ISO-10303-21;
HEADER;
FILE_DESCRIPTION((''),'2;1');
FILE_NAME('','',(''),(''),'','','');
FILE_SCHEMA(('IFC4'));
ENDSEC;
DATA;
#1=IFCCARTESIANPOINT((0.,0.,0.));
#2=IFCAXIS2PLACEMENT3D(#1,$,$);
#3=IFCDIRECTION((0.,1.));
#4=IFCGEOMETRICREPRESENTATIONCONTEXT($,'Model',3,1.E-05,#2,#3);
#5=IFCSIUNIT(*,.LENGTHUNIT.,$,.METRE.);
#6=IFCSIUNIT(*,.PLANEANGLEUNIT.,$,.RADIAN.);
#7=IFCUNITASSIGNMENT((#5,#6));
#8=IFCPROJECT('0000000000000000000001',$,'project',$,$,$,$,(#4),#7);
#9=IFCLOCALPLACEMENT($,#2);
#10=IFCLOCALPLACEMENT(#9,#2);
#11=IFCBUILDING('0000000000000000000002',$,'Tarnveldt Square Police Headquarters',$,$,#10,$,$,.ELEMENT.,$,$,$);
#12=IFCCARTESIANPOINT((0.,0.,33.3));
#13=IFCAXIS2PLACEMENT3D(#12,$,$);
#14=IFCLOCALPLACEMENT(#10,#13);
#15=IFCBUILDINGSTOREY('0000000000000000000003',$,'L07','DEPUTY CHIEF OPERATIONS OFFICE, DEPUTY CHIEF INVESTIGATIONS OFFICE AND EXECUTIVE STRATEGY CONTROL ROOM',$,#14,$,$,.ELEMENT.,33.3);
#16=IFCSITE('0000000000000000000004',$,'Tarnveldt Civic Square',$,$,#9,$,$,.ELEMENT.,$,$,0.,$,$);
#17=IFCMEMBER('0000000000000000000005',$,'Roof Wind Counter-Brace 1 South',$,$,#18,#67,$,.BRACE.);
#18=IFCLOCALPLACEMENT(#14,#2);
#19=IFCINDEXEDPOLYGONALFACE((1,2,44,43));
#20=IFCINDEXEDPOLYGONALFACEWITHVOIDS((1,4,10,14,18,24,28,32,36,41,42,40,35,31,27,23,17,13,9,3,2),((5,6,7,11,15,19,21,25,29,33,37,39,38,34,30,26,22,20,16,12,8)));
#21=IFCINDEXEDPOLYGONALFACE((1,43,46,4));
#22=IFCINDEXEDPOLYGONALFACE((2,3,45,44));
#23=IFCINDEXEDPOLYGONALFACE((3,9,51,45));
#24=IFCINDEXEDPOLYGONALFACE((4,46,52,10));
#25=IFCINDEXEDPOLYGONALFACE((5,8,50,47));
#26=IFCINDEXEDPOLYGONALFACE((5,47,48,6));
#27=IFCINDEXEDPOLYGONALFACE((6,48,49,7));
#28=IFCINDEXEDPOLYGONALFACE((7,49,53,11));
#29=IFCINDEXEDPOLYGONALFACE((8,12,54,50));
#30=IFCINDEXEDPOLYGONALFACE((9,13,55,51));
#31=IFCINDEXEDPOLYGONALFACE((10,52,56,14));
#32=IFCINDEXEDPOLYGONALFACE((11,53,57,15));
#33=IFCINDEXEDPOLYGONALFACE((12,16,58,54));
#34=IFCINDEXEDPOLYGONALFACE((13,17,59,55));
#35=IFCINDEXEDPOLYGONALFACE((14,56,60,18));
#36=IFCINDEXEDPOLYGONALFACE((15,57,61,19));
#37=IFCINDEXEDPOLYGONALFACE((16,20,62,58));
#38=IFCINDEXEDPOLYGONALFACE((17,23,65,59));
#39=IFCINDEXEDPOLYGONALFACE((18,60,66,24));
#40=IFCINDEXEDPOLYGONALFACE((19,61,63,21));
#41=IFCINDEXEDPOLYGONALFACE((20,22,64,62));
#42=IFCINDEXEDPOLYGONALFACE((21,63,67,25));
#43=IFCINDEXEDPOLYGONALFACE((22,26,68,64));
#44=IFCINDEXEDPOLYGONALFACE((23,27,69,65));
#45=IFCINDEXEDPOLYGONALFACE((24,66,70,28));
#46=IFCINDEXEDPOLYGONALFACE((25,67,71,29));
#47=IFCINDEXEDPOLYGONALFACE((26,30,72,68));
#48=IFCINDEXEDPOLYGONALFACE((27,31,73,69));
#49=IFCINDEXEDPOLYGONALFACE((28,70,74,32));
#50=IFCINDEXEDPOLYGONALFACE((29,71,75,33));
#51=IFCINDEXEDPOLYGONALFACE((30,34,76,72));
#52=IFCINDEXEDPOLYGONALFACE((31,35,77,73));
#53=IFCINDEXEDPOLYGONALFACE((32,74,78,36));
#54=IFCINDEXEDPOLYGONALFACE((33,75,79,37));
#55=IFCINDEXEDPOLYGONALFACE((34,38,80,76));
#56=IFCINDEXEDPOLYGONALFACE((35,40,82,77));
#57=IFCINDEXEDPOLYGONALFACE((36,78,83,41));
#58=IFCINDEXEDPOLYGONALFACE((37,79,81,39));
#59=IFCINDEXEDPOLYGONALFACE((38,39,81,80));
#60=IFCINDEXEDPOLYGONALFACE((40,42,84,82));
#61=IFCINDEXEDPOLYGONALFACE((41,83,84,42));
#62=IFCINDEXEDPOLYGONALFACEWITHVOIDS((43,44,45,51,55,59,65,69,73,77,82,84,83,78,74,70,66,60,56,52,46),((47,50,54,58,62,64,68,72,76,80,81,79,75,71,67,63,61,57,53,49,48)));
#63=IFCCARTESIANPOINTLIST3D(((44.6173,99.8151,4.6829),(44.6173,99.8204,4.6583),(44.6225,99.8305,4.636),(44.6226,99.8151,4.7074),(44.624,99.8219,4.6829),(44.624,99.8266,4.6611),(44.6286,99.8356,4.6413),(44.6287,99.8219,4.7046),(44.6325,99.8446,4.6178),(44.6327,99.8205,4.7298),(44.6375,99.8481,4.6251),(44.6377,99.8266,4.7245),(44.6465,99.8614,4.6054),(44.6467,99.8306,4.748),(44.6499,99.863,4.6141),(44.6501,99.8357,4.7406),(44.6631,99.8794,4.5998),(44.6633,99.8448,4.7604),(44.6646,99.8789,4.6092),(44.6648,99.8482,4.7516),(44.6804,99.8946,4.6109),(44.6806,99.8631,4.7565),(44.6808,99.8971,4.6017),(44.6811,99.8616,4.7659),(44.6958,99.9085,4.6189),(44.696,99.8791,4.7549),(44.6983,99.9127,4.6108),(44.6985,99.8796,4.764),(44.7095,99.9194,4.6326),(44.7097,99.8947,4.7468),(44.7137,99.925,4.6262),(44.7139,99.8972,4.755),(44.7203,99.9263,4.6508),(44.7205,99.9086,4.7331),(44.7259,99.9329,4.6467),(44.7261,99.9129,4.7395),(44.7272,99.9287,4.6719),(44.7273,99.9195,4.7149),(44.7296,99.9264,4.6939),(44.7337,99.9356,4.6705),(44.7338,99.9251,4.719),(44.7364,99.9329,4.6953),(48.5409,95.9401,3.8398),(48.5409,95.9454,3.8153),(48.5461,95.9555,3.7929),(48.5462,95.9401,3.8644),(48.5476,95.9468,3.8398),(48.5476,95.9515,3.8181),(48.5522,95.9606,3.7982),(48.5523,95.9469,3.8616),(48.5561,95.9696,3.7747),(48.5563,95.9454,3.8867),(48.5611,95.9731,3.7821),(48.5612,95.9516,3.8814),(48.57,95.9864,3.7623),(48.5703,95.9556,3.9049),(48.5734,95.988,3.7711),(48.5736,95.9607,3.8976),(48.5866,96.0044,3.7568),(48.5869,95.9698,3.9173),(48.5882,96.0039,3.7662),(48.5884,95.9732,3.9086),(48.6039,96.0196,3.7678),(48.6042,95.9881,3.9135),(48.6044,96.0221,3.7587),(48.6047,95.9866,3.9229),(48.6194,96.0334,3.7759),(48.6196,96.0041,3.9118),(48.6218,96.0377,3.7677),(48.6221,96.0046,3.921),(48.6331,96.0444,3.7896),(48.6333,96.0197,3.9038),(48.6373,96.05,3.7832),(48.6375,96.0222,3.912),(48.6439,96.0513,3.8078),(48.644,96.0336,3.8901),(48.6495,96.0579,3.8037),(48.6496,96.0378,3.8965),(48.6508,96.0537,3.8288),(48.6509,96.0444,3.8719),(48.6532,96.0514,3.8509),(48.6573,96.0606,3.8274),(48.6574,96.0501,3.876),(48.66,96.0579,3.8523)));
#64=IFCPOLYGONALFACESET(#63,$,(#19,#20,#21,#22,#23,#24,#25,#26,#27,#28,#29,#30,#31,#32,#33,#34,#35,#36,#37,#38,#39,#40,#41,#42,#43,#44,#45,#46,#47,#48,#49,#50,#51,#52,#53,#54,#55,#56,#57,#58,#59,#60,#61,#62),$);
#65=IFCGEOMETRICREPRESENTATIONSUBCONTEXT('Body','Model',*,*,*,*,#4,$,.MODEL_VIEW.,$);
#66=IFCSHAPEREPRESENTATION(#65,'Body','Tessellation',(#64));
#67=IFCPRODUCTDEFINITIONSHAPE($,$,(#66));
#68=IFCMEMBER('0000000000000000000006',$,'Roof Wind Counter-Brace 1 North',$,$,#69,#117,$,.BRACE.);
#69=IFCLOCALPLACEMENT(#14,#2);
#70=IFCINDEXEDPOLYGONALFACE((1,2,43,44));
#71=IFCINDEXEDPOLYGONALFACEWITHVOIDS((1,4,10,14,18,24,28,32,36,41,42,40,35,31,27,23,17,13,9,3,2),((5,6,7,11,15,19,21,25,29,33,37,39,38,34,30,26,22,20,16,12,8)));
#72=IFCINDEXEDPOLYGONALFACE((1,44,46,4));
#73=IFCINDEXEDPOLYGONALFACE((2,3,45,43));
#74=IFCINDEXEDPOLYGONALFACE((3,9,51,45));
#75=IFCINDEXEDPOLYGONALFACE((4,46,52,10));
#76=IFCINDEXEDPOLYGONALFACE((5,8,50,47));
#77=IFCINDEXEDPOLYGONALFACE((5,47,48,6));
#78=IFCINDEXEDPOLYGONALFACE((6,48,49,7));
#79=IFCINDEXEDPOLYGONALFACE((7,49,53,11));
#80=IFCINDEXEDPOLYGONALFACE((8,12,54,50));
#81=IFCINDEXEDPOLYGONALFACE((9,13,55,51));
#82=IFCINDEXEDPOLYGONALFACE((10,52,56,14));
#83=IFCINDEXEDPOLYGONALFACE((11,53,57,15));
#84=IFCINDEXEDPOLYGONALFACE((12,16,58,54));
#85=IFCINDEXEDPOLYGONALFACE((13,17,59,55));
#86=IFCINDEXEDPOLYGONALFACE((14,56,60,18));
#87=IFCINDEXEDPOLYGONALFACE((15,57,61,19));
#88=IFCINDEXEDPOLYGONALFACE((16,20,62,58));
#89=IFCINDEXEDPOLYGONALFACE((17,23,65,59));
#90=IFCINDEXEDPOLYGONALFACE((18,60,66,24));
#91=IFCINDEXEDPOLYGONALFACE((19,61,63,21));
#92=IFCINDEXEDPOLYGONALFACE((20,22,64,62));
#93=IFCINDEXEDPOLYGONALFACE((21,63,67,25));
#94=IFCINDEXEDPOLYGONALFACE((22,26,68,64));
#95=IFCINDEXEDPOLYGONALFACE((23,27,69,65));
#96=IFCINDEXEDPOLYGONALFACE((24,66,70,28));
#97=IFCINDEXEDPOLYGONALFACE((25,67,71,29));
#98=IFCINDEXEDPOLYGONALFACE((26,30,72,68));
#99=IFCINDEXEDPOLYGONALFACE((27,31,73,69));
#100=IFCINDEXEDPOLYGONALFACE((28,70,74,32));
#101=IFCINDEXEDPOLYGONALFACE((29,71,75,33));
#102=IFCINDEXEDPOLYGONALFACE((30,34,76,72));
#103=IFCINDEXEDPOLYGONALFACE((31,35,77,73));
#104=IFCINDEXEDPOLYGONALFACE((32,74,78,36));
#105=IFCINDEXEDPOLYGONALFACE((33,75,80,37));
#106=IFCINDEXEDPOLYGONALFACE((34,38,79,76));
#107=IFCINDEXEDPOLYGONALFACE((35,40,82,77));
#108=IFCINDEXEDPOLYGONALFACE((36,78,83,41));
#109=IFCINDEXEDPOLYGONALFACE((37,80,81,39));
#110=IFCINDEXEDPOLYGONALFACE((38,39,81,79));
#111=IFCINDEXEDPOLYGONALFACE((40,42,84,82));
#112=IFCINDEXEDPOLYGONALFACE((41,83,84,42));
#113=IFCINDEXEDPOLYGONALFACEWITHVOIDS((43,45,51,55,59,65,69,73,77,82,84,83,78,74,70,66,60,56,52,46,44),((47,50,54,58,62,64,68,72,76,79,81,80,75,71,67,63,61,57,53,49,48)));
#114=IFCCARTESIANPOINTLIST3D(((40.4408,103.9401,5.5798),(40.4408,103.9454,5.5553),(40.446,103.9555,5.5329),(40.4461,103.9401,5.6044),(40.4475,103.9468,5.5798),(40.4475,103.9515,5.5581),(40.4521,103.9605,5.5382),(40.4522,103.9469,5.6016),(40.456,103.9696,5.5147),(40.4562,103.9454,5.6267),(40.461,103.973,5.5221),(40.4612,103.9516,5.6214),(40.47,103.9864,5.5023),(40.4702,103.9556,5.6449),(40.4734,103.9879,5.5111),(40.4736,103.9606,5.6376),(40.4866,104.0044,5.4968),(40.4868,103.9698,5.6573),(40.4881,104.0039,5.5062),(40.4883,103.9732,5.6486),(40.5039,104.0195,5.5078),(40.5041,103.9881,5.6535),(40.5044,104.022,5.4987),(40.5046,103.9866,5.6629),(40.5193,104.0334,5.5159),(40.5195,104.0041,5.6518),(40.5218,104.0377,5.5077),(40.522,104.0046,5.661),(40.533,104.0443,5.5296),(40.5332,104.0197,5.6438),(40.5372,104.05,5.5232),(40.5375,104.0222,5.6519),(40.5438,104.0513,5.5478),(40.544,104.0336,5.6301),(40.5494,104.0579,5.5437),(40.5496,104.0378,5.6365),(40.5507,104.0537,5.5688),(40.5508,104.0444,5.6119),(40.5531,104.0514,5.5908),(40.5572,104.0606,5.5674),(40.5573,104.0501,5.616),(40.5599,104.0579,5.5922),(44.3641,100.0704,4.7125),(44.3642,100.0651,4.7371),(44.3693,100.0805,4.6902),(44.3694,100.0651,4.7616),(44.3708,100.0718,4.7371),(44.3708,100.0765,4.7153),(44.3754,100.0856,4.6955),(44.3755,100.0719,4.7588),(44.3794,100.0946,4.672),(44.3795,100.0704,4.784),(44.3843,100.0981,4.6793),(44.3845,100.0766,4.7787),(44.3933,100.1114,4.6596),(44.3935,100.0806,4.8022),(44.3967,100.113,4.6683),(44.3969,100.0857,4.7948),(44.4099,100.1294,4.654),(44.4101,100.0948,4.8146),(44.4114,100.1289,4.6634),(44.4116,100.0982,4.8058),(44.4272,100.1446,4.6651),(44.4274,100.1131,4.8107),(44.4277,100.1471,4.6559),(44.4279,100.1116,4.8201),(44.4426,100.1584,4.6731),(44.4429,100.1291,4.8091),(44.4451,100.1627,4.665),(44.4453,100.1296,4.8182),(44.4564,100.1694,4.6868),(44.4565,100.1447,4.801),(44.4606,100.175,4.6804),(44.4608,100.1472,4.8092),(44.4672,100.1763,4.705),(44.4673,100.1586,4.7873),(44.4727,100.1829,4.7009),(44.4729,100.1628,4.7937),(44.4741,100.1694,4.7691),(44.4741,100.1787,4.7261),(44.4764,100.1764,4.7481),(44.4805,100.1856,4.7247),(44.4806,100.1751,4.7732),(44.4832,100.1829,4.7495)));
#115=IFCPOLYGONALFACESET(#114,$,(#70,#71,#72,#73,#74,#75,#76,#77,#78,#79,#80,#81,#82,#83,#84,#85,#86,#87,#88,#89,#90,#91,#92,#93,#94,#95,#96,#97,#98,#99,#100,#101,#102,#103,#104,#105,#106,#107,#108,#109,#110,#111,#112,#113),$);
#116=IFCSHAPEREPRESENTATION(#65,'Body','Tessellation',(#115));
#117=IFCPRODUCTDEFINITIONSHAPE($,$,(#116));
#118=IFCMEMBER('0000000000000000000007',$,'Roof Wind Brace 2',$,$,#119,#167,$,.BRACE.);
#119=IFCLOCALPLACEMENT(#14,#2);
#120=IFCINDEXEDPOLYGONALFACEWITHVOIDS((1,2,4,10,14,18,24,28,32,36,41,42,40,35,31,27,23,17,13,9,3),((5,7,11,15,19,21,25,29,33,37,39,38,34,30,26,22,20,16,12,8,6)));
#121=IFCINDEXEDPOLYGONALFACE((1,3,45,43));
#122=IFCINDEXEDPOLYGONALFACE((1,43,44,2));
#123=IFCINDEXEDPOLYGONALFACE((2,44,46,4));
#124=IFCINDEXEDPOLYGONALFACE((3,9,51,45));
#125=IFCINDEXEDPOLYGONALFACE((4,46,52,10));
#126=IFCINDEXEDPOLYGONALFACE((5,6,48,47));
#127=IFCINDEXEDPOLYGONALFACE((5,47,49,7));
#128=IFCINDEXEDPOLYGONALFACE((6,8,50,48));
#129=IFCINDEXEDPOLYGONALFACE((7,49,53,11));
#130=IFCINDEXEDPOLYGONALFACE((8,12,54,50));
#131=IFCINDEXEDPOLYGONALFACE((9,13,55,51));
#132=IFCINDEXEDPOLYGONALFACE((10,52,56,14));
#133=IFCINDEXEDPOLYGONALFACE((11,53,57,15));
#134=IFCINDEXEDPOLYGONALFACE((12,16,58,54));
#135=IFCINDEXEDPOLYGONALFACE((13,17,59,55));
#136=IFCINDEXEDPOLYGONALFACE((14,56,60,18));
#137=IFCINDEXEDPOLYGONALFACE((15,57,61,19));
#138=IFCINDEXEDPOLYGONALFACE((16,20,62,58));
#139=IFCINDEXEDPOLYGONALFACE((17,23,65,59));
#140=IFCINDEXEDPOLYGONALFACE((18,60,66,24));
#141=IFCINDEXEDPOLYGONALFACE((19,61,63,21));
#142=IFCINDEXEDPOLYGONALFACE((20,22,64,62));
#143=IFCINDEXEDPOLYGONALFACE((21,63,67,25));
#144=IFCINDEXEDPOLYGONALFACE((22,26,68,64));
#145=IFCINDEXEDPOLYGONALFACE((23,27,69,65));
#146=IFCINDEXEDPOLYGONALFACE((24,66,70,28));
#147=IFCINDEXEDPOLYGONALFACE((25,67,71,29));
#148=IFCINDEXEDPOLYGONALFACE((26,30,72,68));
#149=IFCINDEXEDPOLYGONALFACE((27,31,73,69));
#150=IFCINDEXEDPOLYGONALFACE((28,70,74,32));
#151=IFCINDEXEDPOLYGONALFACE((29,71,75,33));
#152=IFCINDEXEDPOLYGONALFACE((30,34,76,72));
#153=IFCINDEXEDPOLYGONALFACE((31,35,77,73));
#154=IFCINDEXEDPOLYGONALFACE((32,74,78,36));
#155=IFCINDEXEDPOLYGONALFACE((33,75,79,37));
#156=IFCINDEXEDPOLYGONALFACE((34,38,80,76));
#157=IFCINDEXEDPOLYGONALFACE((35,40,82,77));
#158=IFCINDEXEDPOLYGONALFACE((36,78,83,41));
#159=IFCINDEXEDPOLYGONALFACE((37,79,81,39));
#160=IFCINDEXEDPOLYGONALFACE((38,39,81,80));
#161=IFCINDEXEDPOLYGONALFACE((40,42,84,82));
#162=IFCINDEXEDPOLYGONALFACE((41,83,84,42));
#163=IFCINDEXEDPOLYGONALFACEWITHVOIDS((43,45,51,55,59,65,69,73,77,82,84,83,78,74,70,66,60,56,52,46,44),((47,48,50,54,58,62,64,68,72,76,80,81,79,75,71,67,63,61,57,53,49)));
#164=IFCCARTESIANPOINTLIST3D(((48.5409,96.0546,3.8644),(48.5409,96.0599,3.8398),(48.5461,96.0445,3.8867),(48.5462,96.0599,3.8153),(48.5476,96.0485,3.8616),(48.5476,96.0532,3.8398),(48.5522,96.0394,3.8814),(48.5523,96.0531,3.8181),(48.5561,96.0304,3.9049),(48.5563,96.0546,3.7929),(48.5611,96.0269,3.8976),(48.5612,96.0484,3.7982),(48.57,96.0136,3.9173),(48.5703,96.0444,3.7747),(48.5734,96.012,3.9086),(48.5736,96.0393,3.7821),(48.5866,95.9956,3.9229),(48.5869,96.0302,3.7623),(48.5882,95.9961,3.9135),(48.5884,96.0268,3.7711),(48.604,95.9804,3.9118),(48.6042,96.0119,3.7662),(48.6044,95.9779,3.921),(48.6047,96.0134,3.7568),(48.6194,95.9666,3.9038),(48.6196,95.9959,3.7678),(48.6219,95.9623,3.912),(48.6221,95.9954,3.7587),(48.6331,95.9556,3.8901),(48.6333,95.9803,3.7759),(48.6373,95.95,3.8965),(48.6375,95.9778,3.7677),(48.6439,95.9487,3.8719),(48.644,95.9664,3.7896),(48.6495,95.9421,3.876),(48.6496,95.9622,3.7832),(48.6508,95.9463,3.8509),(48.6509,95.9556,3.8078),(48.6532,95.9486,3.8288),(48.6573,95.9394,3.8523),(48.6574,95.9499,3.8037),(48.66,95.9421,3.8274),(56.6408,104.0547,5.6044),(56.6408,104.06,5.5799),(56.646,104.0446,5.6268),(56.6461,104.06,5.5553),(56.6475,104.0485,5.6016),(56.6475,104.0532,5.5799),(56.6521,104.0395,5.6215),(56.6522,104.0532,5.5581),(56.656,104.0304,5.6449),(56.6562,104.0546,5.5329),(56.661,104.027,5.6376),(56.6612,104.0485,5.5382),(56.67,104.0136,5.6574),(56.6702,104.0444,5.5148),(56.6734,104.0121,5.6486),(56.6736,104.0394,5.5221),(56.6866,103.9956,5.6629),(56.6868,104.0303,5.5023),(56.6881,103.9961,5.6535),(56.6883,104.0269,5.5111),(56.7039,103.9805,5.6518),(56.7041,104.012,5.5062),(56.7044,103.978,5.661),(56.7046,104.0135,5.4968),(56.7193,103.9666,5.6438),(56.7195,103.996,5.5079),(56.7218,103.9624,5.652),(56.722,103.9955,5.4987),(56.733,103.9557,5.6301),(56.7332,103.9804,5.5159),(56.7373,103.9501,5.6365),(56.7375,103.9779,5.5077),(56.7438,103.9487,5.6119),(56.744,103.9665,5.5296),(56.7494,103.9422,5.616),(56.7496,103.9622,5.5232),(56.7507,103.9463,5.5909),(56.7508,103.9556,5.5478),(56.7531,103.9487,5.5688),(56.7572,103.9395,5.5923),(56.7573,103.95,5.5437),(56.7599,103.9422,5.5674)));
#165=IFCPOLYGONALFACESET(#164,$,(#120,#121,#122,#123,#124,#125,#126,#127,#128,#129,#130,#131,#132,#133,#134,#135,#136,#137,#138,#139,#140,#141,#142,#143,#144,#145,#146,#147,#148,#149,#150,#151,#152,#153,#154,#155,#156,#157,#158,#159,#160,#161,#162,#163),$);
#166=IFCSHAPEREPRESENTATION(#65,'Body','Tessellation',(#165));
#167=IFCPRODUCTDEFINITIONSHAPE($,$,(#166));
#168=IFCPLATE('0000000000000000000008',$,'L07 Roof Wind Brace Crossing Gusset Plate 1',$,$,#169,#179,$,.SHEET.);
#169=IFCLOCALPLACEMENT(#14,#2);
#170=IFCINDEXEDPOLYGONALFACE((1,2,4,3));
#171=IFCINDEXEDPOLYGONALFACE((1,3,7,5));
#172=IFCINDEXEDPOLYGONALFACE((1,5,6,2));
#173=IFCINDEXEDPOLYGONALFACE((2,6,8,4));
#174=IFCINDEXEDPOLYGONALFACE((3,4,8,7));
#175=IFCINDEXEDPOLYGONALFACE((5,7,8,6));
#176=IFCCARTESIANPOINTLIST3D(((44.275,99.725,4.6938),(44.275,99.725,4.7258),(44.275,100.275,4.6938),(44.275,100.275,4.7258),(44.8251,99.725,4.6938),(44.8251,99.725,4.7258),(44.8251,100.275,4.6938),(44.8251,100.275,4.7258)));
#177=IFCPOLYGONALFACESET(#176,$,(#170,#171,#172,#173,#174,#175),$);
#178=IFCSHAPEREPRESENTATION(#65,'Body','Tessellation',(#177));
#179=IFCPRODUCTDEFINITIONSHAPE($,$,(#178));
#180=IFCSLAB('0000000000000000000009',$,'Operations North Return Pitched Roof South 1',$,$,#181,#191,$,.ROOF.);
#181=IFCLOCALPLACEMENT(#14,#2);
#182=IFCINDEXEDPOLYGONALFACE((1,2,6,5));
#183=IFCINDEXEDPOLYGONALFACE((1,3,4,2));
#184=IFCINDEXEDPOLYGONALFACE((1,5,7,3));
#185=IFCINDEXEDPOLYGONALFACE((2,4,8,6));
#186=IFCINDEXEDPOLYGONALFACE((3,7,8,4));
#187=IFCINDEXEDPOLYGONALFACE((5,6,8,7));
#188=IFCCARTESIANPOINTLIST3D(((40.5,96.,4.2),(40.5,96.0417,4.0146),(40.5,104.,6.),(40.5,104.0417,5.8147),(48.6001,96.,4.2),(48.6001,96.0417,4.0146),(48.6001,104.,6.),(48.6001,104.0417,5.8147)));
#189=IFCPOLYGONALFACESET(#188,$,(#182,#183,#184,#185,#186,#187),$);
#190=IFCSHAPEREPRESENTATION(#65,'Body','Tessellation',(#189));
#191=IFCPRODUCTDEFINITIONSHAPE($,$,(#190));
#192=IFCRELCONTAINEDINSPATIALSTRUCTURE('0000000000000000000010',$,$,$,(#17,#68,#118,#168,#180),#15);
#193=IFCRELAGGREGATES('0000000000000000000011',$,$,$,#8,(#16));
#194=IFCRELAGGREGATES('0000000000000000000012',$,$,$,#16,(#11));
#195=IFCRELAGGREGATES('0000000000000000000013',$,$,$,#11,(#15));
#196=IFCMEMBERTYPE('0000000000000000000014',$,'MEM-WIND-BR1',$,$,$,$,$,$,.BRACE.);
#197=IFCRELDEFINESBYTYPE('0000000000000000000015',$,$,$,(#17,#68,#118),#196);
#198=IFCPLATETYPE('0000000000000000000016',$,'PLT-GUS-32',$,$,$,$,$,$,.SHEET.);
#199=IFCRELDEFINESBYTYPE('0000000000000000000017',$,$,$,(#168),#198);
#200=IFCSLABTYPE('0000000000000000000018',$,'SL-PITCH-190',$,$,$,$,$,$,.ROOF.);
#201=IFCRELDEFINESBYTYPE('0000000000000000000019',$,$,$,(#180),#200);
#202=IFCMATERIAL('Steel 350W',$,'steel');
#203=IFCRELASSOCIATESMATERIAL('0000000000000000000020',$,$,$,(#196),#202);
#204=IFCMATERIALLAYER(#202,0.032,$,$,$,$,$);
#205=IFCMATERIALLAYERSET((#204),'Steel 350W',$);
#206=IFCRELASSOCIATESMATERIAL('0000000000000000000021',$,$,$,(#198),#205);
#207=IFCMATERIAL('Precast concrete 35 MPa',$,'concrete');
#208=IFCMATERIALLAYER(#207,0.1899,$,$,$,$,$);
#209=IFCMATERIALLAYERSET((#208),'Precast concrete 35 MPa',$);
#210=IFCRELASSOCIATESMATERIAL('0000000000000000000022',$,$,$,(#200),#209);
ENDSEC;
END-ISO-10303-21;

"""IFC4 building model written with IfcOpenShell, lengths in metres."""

from ifc_helpers import new_model, si_unit, direction, frame, origin, origin_2d, place, context, subcontext, project, spatial, polyline, rectangle, hollow_circle, outline, extrude, material, layer, layer_set, material_profile, profile_set, type_object, element, save


model = new_model("IFC4")

# Units and contexts
model_context = context("Model", 3, precision=1e-05, world=origin(), true_north=direction((0.0, 1.0)))
body_context = subcontext(model_context, "Body", "Model", "MODEL_VIEW")
ifc_project = project(units=[si_unit("LENGTHUNIT", "METRE"), si_unit("PLANEANGLEUNIT", "RADIAN")], contexts=[model_context])

# Site, building, storey
site_placement = place(None, origin())
site = spatial("IfcSite", under=ifc_project, at=site_placement, Name="Tarnveldt Civic Square", CompositionType="ELEMENT", RefElevation=0.0)
building_placement = place(site_placement, origin())
building = spatial("IfcBuilding", under=site, at=building_placement, Name="Tarnveldt Square Police Headquarters", CompositionType="ELEMENT")
storey_placement = place(building_placement, frame((0.0, 0.0, 33.3)))
storey = spatial("IfcBuildingStorey", under=building, at=storey_placement, Name="L07", Description="DEPUTY CHIEF OPERATIONS OFFICE, DEPUTY CHIEF INVESTIGATIONS OFFICE AND EXECUTIVE STRATEGY CONTROL ROOM", CompositionType="ELEMENT", Elevation=33.3)

# Shared definitions
ifc_material_1 = material(Name="Steel 350W", Category="steel")

# Members
ifc_material_profile_1 = material_profile(ifc_material_1, hollow_circle(Radius=0.0842, WallThickness=0.0095, at=origin_2d()), Name="HSS168x9.5")
ifc_profile_set_1 = profile_set([ifc_material_profile_1], Name="Steel 350W")
member_type_1 = type_object("IfcMemberType", Name="MEM-WIND-BR1", PredefinedType="BRACE", material=ifc_profile_set_1)
member_1_placement = place(storey_placement, frame((48.6001, 96.0, 3.8398), z_axis=(-0.703327, 0.694618, 0.151116), x_axis=(-0.702688, -0.711498, 0.0)))
element("IfcMember", 1, at=member_1_placement, inside=storey, type_object=member_type_1, Name="Roof Wind Counter-Brace 1 South", PredefinedType="BRACE", context=body_context, shape_type="SweptSolid", body=[
    extrude(hollow_circle(Radius=0.0842, WallThickness=0.0095, at=origin_2d()), origin(), (0.0, 0.0, 1.0), 5.5786),
])
member_2_placement = place(storey_placement, frame((44.4233, 100.125, 4.7371), z_axis=(-0.70331, 0.694644, 0.151078), x_axis=(-0.70271, -0.711476, 0.0)))
element("IfcMember", 2, at=member_2_placement, inside=storey, type_object=member_type_1, Name="Roof Wind Counter-Brace 1 North", PredefinedType="BRACE", context=body_context, shape_type="SweptSolid", body=[
    extrude(hollow_circle(Radius=0.0842, WallThickness=0.0095, at=origin_2d()), origin(), (0.0, 0.0, 1.0), 5.5784),
])
member_3_placement = place(storey_placement, frame((48.6001, 96.0, 3.8398), z_axis=(0.703312, 0.694641, 0.151084), x_axis=(-0.702708, 0.711479, 0.0)))
element("IfcMember", 3, at=member_3_placement, inside=storey, type_object=member_type_1, Name="Roof Wind Brace 2", PredefinedType="BRACE", context=body_context, shape_type="SweptSolid", body=[
    extrude(hollow_circle(Radius=0.0842, WallThickness=0.0095, at=origin_2d()), origin(), (0.0, 0.0, 1.0), 11.5168),
])

# Plate
ifc_layer_1 = layer(ifc_material_1, 0.032)
ifc_layer_set_1 = layer_set([ifc_layer_1], Name="Steel 350W")
plate_type = type_object("IfcPlateType", Name="PLT-GUS-32", PredefinedType="SHEET", material=ifc_layer_set_1)
plate_placement = place(storey_placement, frame((44.55, 100.0, 4.6938), z_axis=(0.0, 0.0, 1.0), x_axis=(1.0, 0.0, 0.0)))
element("IfcPlate", 4, at=plate_placement, inside=storey, type_object=plate_type, Name="L07 Roof Wind Brace Crossing Gusset Plate 1", PredefinedType="SHEET", context=body_context, shape_type="SweptSolid", body=[
    extrude(rectangle(XDim=0.55, YDim=0.55, at=origin_2d()), origin(), (0.0, 0.0, 1.0), 0.032),
])

# Slab
ifc_material_2 = material(Name="Precast concrete 35 MPa", Category="concrete")
ifc_layer_2 = layer(ifc_material_2, 0.1899)
ifc_layer_set_2 = layer_set([ifc_layer_2], Name="Precast concrete 35 MPa")
slab_type = type_object("IfcSlabType", Name="SL-PITCH-190", PredefinedType="ROOF", material=ifc_layer_set_2)
slab_1_placement = place(storey_placement, frame((40.5, 96.0, 4.2), z_axis=(0.0, -0.219518, 0.975608), x_axis=(1.0, 0.0, 0.0)))
element("IfcSlab", 5, at=slab_1_placement, inside=storey, type_object=slab_type, Name="Operations North Return Pitched Roof South 1", PredefinedType="ROOF", context=body_context, shape_type="SweptSolid", body=[
    extrude(outline(polyline([(0.0, 0.0), (8.1001, 0.0), (8.1001, 8.2), (0.0, 8.2), (0.0, 0.0)])), origin(), (0.0, 0.0, -1.0), 0.1899),
])

save(model, "model.ifc")
